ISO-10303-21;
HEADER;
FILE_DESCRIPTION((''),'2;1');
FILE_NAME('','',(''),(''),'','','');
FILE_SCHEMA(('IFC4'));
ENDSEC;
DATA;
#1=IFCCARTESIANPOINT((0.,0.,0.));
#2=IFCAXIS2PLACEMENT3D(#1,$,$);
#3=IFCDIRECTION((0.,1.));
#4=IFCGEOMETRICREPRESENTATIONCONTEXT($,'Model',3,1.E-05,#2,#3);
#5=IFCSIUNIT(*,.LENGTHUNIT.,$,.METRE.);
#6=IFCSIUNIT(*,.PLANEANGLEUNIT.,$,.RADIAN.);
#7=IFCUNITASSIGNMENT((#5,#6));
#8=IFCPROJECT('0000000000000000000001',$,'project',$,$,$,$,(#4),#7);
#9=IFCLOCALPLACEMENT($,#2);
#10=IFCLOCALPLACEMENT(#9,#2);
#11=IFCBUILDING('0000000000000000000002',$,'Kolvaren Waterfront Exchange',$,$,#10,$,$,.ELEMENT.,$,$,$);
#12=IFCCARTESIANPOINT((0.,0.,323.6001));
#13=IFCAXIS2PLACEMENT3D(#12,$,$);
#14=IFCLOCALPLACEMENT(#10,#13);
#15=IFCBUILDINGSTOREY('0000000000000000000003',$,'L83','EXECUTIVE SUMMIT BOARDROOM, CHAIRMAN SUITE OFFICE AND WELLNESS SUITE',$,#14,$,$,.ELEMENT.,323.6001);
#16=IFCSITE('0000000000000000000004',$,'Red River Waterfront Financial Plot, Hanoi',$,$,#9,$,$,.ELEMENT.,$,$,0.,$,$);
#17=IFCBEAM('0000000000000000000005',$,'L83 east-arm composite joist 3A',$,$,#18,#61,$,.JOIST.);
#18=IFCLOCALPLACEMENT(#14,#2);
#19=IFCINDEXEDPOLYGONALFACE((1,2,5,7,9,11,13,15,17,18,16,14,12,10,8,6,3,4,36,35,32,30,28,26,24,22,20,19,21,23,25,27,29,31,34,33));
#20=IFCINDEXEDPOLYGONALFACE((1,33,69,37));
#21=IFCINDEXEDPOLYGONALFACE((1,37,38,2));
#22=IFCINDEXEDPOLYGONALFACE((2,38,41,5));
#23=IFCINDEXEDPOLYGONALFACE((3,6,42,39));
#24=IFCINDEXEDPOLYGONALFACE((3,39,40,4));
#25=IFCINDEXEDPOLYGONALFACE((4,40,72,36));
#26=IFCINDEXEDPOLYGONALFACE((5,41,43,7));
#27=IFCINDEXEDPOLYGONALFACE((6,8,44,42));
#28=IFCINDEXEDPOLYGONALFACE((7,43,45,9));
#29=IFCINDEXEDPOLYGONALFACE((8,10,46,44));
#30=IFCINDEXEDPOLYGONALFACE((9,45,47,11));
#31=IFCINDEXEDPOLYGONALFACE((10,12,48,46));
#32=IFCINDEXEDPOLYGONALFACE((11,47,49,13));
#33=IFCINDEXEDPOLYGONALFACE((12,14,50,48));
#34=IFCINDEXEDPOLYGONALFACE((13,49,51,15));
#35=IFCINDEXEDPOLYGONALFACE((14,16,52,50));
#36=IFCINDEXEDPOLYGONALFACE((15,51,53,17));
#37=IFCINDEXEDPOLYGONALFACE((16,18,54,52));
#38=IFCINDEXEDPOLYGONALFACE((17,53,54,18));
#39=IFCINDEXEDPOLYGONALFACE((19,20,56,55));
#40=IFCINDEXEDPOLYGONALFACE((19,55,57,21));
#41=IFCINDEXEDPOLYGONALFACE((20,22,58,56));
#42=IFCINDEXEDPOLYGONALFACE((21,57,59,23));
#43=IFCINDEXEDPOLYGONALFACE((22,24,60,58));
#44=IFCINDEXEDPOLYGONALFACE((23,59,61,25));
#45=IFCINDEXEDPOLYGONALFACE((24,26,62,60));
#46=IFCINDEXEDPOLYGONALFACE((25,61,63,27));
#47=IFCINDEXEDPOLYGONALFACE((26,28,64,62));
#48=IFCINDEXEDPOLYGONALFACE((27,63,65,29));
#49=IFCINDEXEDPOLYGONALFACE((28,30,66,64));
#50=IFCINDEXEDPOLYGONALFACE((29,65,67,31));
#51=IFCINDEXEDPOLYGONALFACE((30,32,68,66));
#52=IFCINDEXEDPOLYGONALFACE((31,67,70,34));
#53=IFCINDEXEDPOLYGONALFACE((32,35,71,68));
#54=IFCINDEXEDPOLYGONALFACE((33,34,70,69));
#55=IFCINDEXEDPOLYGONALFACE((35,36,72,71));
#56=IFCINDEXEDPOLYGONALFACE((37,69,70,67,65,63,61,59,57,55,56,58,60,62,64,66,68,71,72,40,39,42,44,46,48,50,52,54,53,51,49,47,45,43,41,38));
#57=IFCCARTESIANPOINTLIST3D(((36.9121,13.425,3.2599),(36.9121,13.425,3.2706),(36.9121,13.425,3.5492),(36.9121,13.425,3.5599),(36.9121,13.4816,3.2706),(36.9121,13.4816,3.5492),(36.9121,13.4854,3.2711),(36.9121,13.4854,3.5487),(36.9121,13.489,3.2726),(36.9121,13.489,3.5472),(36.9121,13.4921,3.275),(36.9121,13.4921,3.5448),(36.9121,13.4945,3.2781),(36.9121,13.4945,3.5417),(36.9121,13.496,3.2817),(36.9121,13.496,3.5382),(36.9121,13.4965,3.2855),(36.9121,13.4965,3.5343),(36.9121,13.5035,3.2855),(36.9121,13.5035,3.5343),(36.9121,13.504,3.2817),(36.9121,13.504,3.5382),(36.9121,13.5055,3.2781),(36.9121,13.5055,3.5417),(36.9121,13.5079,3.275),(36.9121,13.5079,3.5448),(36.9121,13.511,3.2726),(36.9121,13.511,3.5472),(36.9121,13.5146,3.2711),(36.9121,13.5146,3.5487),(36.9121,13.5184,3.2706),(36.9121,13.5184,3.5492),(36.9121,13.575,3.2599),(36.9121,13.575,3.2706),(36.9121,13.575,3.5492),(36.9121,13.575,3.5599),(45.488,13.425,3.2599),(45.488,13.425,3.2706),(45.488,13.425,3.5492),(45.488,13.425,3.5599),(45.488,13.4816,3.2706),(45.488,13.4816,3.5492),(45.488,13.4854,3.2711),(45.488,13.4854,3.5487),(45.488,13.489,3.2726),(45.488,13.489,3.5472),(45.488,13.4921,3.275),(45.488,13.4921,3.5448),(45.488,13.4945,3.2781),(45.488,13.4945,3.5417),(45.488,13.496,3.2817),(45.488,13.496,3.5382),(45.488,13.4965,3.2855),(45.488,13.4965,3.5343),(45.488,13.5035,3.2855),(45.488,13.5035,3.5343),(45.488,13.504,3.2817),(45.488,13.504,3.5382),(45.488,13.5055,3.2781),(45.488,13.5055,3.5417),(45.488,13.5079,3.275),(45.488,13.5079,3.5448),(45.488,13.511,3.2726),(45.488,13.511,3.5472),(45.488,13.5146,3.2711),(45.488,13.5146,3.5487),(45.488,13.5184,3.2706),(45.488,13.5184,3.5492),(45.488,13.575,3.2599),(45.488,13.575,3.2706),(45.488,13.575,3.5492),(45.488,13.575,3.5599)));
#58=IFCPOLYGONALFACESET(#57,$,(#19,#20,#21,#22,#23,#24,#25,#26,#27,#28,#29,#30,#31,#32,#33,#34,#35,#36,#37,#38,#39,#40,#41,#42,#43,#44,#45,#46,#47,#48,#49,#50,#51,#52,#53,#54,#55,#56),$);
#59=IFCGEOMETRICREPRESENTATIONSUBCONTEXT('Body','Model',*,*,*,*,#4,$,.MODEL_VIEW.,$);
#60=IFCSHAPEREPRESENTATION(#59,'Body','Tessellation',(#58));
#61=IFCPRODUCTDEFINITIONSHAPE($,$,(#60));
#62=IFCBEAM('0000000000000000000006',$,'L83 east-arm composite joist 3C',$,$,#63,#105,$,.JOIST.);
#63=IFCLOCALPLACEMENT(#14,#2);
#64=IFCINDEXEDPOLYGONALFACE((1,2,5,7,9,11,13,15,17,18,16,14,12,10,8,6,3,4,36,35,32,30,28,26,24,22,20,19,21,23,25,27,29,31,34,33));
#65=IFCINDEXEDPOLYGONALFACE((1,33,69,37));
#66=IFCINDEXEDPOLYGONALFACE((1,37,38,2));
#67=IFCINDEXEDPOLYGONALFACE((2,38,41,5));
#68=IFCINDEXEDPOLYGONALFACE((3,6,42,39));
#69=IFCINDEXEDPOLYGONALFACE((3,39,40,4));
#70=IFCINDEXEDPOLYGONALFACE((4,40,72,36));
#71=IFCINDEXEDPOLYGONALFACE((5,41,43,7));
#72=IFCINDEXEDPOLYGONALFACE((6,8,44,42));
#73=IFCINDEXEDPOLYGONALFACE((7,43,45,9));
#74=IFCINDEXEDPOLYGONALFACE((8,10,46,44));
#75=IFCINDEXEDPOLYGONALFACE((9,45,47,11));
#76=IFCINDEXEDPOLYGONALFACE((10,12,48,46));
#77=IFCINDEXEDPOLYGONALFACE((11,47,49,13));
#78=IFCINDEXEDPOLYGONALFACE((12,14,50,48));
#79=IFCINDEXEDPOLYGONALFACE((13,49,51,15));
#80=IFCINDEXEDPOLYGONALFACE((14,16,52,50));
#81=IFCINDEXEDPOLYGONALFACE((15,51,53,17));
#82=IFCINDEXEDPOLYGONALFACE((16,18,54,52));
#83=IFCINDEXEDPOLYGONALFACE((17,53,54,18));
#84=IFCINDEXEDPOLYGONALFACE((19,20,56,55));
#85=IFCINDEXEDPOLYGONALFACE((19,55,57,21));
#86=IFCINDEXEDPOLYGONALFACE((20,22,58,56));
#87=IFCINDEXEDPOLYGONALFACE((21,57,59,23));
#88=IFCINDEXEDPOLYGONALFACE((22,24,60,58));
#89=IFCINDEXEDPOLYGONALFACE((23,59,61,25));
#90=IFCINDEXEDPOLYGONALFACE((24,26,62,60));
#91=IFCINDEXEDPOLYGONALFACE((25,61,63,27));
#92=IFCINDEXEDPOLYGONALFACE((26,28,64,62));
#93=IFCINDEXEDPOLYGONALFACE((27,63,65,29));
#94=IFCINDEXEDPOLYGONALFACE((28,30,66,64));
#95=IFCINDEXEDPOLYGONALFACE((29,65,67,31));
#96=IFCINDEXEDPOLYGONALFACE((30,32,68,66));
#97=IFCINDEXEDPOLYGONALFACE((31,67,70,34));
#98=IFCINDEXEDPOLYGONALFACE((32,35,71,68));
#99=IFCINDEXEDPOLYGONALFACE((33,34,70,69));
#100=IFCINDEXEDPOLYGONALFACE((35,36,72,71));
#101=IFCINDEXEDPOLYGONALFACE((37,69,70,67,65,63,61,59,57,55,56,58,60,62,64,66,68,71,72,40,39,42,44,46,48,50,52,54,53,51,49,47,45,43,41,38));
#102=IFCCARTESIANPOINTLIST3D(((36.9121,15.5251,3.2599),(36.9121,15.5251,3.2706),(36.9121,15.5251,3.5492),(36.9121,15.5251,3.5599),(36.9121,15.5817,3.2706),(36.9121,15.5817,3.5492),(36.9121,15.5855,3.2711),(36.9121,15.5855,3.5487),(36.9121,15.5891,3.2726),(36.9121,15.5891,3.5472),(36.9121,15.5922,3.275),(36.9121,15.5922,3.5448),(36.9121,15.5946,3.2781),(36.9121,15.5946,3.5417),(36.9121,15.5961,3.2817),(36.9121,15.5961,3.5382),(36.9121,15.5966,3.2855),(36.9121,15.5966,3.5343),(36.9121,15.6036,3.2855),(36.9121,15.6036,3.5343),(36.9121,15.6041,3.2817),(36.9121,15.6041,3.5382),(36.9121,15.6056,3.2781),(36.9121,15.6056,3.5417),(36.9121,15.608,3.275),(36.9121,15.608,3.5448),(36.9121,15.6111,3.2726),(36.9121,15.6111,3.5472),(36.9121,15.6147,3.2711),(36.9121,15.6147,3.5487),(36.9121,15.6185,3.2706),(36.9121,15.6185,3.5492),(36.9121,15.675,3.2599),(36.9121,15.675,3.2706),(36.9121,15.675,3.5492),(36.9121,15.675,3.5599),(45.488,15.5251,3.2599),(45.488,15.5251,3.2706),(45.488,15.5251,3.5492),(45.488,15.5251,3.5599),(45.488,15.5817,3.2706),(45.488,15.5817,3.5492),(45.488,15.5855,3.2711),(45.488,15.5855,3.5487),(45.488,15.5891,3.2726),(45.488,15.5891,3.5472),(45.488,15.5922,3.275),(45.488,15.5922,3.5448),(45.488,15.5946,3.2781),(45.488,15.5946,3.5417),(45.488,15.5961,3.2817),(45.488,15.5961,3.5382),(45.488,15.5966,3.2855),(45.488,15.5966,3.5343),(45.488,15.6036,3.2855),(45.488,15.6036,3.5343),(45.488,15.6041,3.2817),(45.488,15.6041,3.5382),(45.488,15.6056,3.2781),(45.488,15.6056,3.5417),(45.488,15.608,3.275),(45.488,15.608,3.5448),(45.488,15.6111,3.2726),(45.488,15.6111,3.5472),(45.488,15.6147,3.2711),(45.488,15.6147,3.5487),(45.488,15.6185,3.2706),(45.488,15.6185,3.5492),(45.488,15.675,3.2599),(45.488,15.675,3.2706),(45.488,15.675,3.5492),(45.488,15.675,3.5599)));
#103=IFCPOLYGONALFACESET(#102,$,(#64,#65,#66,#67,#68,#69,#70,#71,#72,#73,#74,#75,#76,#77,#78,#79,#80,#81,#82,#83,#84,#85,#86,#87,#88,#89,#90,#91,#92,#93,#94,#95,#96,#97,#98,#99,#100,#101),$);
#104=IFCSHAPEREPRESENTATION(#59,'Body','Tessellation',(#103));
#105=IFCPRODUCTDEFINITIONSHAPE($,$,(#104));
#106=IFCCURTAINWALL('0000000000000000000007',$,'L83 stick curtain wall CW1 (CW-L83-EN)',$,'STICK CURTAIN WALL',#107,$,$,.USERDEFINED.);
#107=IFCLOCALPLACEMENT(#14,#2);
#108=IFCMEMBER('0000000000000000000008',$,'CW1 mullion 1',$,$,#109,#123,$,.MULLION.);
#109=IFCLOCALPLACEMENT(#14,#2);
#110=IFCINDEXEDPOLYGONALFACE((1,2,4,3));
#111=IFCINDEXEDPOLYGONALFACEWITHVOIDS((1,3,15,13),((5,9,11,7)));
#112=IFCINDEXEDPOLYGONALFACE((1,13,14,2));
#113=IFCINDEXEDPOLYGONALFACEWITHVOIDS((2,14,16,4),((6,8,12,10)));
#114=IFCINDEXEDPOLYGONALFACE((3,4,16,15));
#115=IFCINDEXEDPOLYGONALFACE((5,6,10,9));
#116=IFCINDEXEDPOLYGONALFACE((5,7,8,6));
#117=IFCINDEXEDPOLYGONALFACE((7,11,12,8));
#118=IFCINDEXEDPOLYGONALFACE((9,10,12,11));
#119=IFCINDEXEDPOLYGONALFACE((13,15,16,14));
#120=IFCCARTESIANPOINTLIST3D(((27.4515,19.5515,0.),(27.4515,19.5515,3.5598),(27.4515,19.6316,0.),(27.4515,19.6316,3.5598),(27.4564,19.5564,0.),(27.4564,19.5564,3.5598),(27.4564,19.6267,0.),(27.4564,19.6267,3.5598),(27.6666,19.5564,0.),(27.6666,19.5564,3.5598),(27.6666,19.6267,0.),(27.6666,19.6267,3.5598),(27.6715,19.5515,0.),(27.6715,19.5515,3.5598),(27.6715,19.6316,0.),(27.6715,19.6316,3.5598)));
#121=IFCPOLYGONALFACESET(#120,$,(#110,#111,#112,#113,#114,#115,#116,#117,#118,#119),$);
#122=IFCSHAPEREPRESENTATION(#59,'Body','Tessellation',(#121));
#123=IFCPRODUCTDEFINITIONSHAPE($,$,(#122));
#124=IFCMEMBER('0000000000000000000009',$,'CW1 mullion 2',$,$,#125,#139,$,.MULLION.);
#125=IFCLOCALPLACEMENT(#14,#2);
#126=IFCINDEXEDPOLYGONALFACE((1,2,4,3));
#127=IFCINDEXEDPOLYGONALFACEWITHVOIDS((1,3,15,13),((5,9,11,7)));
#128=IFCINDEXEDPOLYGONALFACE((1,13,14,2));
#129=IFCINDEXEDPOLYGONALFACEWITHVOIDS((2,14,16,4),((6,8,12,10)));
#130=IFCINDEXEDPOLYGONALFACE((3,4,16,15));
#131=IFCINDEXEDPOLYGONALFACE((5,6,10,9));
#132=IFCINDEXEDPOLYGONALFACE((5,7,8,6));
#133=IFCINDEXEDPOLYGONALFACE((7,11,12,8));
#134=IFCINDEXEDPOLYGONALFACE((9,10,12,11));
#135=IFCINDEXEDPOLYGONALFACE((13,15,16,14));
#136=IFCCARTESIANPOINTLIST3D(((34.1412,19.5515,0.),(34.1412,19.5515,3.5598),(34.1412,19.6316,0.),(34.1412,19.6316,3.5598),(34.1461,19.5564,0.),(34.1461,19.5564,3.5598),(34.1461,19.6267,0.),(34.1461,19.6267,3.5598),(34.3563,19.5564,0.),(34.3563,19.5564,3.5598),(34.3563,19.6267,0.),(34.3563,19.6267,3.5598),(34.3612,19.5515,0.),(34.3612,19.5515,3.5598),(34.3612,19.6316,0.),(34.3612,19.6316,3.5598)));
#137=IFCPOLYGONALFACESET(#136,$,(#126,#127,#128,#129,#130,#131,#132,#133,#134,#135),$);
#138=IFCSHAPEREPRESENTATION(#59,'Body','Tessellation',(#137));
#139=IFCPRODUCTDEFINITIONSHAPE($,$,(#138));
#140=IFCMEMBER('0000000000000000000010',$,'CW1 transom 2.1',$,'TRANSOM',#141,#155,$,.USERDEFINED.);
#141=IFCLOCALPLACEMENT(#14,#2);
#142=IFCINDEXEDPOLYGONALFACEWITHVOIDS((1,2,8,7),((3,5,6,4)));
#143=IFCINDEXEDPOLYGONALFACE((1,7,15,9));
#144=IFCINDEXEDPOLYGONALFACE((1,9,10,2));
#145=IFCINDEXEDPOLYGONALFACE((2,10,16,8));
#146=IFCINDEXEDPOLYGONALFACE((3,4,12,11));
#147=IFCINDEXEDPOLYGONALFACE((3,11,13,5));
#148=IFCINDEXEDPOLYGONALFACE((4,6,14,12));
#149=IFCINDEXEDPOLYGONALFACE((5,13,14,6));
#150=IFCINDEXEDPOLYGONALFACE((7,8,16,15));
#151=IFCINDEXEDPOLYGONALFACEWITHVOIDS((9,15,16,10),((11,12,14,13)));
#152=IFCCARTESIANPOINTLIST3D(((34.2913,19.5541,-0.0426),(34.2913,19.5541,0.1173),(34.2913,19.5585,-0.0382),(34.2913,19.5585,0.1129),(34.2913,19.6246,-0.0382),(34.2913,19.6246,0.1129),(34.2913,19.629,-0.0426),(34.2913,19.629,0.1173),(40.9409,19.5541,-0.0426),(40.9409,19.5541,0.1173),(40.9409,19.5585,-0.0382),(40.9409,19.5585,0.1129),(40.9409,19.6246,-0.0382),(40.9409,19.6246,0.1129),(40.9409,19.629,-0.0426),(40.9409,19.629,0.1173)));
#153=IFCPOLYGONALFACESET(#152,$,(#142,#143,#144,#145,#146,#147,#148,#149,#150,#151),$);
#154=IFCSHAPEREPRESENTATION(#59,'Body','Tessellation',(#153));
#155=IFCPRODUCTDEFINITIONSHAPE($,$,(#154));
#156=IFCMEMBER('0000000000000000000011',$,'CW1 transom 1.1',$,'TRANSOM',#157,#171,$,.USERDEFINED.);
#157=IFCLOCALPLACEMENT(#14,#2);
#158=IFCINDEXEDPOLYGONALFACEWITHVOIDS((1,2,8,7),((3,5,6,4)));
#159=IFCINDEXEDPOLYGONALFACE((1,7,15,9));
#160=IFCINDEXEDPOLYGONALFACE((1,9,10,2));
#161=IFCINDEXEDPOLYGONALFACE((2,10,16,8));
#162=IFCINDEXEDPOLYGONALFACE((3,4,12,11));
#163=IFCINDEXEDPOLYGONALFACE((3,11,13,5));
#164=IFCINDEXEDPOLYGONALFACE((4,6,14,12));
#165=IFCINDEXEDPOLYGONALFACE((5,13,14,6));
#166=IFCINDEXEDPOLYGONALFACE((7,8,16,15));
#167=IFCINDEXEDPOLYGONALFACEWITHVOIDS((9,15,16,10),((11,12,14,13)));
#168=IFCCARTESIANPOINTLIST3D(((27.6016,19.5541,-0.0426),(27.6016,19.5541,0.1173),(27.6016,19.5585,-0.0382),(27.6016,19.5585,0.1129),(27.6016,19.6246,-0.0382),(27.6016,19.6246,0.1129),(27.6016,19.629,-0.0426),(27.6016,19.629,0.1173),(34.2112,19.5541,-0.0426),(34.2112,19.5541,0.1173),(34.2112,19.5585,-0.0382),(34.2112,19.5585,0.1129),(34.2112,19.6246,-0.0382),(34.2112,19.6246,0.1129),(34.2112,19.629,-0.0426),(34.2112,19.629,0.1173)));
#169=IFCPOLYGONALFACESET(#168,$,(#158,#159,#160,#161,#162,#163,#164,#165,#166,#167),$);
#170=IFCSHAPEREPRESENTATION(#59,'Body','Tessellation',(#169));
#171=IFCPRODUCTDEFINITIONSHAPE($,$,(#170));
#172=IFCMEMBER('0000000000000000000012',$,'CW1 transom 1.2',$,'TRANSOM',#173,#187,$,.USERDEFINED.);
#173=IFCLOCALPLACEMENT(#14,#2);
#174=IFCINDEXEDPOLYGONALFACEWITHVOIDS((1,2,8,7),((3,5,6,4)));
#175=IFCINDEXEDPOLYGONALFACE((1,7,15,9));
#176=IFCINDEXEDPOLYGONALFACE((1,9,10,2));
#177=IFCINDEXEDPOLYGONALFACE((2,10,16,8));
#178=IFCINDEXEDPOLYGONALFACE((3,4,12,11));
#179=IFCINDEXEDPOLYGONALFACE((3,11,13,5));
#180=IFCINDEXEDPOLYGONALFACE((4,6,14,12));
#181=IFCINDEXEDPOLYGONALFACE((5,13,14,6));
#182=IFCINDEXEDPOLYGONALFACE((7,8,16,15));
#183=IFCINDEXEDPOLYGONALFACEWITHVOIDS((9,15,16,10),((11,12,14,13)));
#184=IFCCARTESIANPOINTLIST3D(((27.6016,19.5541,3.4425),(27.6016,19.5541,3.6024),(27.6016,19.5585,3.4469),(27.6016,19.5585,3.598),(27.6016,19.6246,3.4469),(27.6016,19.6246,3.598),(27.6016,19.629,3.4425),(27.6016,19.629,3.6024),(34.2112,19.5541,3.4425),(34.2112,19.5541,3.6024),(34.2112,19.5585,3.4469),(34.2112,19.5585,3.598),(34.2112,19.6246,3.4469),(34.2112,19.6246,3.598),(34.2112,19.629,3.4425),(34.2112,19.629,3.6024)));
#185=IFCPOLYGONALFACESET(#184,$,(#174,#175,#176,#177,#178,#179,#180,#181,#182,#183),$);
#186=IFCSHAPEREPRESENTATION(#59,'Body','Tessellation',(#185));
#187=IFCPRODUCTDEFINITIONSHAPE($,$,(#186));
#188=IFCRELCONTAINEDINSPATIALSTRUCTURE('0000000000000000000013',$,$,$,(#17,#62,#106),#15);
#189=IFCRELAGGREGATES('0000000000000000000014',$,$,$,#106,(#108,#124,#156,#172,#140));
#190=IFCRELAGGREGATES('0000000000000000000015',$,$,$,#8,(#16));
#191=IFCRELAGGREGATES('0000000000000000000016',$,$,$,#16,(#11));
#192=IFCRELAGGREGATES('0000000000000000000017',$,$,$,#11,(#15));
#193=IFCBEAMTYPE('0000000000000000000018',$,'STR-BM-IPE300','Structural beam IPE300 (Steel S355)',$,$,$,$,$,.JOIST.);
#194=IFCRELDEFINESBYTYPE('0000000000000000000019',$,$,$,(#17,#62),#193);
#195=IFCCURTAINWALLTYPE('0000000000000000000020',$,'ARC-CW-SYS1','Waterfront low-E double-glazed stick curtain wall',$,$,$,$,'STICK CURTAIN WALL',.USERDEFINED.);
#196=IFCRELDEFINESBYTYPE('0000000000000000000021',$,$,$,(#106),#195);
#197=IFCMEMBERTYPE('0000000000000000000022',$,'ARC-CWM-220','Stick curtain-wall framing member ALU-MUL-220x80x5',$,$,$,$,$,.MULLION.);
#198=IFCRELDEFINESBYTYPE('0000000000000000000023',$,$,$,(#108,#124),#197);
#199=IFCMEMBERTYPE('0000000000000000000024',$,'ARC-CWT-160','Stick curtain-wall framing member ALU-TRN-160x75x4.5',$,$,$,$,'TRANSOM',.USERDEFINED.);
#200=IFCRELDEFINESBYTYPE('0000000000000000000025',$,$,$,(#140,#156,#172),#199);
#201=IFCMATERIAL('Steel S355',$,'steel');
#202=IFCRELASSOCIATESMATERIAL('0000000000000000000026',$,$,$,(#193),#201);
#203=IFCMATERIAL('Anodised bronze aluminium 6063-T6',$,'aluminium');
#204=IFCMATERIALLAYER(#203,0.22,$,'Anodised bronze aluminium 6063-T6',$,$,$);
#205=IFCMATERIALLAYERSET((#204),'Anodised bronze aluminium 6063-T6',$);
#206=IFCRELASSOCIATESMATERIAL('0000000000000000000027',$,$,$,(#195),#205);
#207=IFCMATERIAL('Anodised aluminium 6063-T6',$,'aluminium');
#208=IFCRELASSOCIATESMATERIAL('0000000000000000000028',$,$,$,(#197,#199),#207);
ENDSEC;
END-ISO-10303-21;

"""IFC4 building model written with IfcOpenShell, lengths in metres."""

from ifc_helpers import new_model, si_unit, direction, frame, origin, origin_with_axes, origin_2d, place, context, subcontext, project, spatial, hollow_rectangle, i_section, extrude, source, transform, mapped, material, layer, layer_set, material_profile, profile_set, type_object, element, aggregate, save


model = new_model("IFC4")

# Units and contexts
model_context = context("Model", 3, precision=1e-05, world=origin(), true_north=direction((0.0, 1.0)))
body_context = subcontext(model_context, "Body", "Model", "MODEL_VIEW")
ifc_project = project(units=[si_unit("LENGTHUNIT", "METRE"), si_unit("PLANEANGLEUNIT", "RADIAN")], contexts=[model_context])

# Site, building, storey
site_placement = place(None, origin())
site = spatial("IfcSite", under=ifc_project, at=site_placement, Name="Red River Waterfront Financial Plot, Hanoi", CompositionType="ELEMENT", RefElevation=0.0)
building_placement = place(site_placement, origin())
building = spatial("IfcBuilding", under=site, at=building_placement, Name="Kolvaren Waterfront Exchange", CompositionType="ELEMENT")
storey_placement = place(building_placement, frame((0.0, 0.0, 323.6001)))
storey = spatial("IfcBuildingStorey", under=building, at=storey_placement, Name="L83", Description="EXECUTIVE SUMMIT BOARDROOM, CHAIRMAN SUITE OFFICE AND WELLNESS SUITE", CompositionType="ELEMENT", Elevation=323.6001)

# Beams
ifc_material_1 = material(Name="Steel S355", Category="steel")
ifc_material_profile_1 = material_profile(ifc_material_1, i_section(OverallWidth=0.1499, OverallDepth=0.3, WebThickness=0.0071, FlangeThickness=0.0107, FilletRadius=0.0149, at=origin_2d()), Name="IPE300")
ifc_profile_set_1 = profile_set([ifc_material_profile_1], Name="Steel S355")
beam_type_1 = type_object("IfcBeamType", Name="STR-BM-IPE300", Description="Structural beam IPE300 (Steel S355)", PredefinedType="JOIST", material=ifc_profile_set_1)
for number, where, z_axis, x_axis, name in (
    (1, (36.9121, 13.5, 3.4099), (1.0, 0.0, 0.0), (0.0, 1.0, 0.0), "L83 east-arm composite joist 3A"),
    (2, (36.9121, 15.6001, 3.4099), (1.0, 0.0, 0.0), (0.0, 1.0, 0.0), "L83 east-arm composite joist 3C"),
):
    element("IfcBeam", number, at=place(storey_placement, frame(where, z_axis=z_axis, x_axis=x_axis)), inside=storey, type_object=beam_type_1, Name=name, PredefinedType="JOIST", context=body_context, shape_type="SweptSolid", body=[
        extrude(i_section(OverallWidth=0.1499, OverallDepth=0.3, WebThickness=0.0071, FlangeThickness=0.0107, FilletRadius=0.0149, at=origin_2d()), origin(), (0.0, 0.0, 1.0), 8.5759),
    ])

# Curtain wall, members
ifc_material_2 = material(Name="Anodised bronze aluminium 6063-T6", Category="aluminium")
ifc_layer_1 = layer(ifc_material_2, 0.22, Name="Anodised bronze aluminium 6063-T6")
ifc_layer_set_1 = layer_set([ifc_layer_1], Name="Anodised bronze aluminium 6063-T6")
curtain_wall_type = type_object("IfcCurtainWallType", Name="ARC-CW-SYS1", Description="Waterfront low-E double-glazed stick curtain wall", ElementType="STICK CURTAIN WALL", PredefinedType="USERDEFINED", material=ifc_layer_set_1)
curtain_wall_placement = place(storey_placement, origin())
curtain_wall = element("IfcCurtainWall", 3, at=curtain_wall_placement, inside=storey, type_object=curtain_wall_type, Name="L83 stick curtain wall CW1 (CW-L83-EN)", ObjectType="STICK CURTAIN WALL", PredefinedType="USERDEFINED")
ifc_material_3 = material(Name="Anodised aluminium 6063-T6", Category="aluminium")
ifc_material_profile_2 = material_profile(ifc_material_3, hollow_rectangle(XDim=0.0801, YDim=0.22, WallThickness=0.0049, at=origin_2d()), Name="ALU-MUL-220x80x5")
ifc_profile_set_2 = profile_set([ifc_material_profile_2], Name="Anodised aluminium 6063-T6")
member_type_1 = type_object("IfcMemberType", Name="ARC-CWM-220", Description="Stick curtain-wall framing member ALU-MUL-220x80x5", PredefinedType="MULLION", material=ifc_profile_set_2)
shared_shape_1 = source(origin_with_axes(), body_context, "Body", "SweptSolid", [
    extrude(hollow_rectangle(XDim=0.0801, YDim=0.22, WallThickness=0.0049, at=origin_2d()), origin(), (0.0, 0.0, 1.0), 3.5598),
])
member_1_placement = place(storey_placement, frame((27.5615, 19.5916, 0.0), z_axis=(0.0, 0.0, 1.0), x_axis=(0.0, 1.0, 0.0)))
member_1 = element("IfcMember", 4, at=member_1_placement, type_object=member_type_1, Name="CW1 mullion 1", PredefinedType="MULLION", context=body_context, shape_type="MappedRepresentation", body=[
    mapped(shared_shape_1, transform((0.0, 0.0, 0.0), x_axis=(1.0, 0.0, 0.0), y_axis=(0.0, 1.0, 0.0), z_axis=(0.0, 0.0, 1.0), scale=1.0)),
])
member_2_placement = place(storey_placement, frame((34.2512, 19.5916, 0.0), z_axis=(0.0, 0.0, 1.0), x_axis=(0.0, 1.0, 0.0)))
member_2 = element("IfcMember", 5, at=member_2_placement, type_object=member_type_1, Name="CW1 mullion 2", PredefinedType="MULLION", context=body_context, shape_type="MappedRepresentation", body=[
    mapped(shared_shape_1, transform((0.0, 0.0, 0.0), x_axis=(1.0, 0.0, 0.0), y_axis=(0.0, 1.0, 0.0), z_axis=(0.0, 0.0, 1.0), scale=1.0)),
])
ifc_material_profile_3 = material_profile(ifc_material_3, hollow_rectangle(XDim=0.075, YDim=0.1599, WallThickness=0.0044, at=origin_2d()), Name="ALU-TRN-160x75x4.5")
ifc_profile_set_3 = profile_set([ifc_material_profile_3], Name="Anodised aluminium 6063-T6")
member_type_2 = type_object("IfcMemberType", Name="ARC-CWT-160", Description="Stick curtain-wall framing member ALU-TRN-160x75x4.5", ElementType="TRANSOM", PredefinedType="USERDEFINED", material=ifc_profile_set_3)
shared_shape_2 = source(origin_with_axes(), body_context, "Body", "SweptSolid", [
    extrude(hollow_rectangle(XDim=0.075, YDim=0.1599, WallThickness=0.0044, at=origin_2d()), origin(), (0.0, 0.0, 1.0), 6.6497),
])
member_3_placement = place(storey_placement, frame((34.2913, 19.5916, 0.0374), z_axis=(1.0, 0.0, 0.0), x_axis=(0.0, 1.0, 0.0)))
member_3 = element("IfcMember", 6, at=member_3_placement, type_object=member_type_2, Name="CW1 transom 2.1", ObjectType="TRANSOM", PredefinedType="USERDEFINED", context=body_context, shape_type="MappedRepresentation", body=[
    mapped(shared_shape_2, transform((0.0, 0.0, 0.0), x_axis=(1.0, 0.0, 0.0), y_axis=(0.0, 1.0, 0.0), z_axis=(0.0, 0.0, 1.0), scale=1.0)),
])
shared_shape_3 = source(origin_with_axes(), body_context, "Body", "SweptSolid", [
    extrude(hollow_rectangle(XDim=0.075, YDim=0.1599, WallThickness=0.0044, at=origin_2d()), origin(), (0.0, 0.0, 1.0), 6.6096),
])
member_4_placement = place(storey_placement, frame((27.6016, 19.5916, 0.0374), z_axis=(1.0, 0.0, 0.0), x_axis=(0.0, 1.0, 0.0)))
member_4 = element("IfcMember", 7, at=member_4_placement, type_object=member_type_2, Name="CW1 transom 1.1", ObjectType="TRANSOM", PredefinedType="USERDEFINED", context=body_context, shape_type="MappedRepresentation", body=[
    mapped(shared_shape_3, transform((0.0, 0.0, 0.0), x_axis=(1.0, 0.0, 0.0), y_axis=(0.0, 1.0, 0.0), z_axis=(0.0, 0.0, 1.0), scale=1.0)),
])
member_5_placement = place(storey_placement, frame((27.6016, 19.5916, 3.5225), z_axis=(1.0, 0.0, 0.0), x_axis=(0.0, 1.0, 0.0)))
member_5 = element("IfcMember", 8, at=member_5_placement, type_object=member_type_2, Name="CW1 transom 1.2", ObjectType="TRANSOM", PredefinedType="USERDEFINED", context=body_context, shape_type="MappedRepresentation", body=[
    mapped(shared_shape_3, transform((0.0, 0.0, 0.0), x_axis=(1.0, 0.0, 0.0), y_axis=(0.0, 1.0, 0.0), z_axis=(0.0, 0.0, 1.0), scale=1.0)),
])
aggregate(curtain_wall, [member_1, member_2, member_4, member_5, member_3])

save(model, "model.ifc")
